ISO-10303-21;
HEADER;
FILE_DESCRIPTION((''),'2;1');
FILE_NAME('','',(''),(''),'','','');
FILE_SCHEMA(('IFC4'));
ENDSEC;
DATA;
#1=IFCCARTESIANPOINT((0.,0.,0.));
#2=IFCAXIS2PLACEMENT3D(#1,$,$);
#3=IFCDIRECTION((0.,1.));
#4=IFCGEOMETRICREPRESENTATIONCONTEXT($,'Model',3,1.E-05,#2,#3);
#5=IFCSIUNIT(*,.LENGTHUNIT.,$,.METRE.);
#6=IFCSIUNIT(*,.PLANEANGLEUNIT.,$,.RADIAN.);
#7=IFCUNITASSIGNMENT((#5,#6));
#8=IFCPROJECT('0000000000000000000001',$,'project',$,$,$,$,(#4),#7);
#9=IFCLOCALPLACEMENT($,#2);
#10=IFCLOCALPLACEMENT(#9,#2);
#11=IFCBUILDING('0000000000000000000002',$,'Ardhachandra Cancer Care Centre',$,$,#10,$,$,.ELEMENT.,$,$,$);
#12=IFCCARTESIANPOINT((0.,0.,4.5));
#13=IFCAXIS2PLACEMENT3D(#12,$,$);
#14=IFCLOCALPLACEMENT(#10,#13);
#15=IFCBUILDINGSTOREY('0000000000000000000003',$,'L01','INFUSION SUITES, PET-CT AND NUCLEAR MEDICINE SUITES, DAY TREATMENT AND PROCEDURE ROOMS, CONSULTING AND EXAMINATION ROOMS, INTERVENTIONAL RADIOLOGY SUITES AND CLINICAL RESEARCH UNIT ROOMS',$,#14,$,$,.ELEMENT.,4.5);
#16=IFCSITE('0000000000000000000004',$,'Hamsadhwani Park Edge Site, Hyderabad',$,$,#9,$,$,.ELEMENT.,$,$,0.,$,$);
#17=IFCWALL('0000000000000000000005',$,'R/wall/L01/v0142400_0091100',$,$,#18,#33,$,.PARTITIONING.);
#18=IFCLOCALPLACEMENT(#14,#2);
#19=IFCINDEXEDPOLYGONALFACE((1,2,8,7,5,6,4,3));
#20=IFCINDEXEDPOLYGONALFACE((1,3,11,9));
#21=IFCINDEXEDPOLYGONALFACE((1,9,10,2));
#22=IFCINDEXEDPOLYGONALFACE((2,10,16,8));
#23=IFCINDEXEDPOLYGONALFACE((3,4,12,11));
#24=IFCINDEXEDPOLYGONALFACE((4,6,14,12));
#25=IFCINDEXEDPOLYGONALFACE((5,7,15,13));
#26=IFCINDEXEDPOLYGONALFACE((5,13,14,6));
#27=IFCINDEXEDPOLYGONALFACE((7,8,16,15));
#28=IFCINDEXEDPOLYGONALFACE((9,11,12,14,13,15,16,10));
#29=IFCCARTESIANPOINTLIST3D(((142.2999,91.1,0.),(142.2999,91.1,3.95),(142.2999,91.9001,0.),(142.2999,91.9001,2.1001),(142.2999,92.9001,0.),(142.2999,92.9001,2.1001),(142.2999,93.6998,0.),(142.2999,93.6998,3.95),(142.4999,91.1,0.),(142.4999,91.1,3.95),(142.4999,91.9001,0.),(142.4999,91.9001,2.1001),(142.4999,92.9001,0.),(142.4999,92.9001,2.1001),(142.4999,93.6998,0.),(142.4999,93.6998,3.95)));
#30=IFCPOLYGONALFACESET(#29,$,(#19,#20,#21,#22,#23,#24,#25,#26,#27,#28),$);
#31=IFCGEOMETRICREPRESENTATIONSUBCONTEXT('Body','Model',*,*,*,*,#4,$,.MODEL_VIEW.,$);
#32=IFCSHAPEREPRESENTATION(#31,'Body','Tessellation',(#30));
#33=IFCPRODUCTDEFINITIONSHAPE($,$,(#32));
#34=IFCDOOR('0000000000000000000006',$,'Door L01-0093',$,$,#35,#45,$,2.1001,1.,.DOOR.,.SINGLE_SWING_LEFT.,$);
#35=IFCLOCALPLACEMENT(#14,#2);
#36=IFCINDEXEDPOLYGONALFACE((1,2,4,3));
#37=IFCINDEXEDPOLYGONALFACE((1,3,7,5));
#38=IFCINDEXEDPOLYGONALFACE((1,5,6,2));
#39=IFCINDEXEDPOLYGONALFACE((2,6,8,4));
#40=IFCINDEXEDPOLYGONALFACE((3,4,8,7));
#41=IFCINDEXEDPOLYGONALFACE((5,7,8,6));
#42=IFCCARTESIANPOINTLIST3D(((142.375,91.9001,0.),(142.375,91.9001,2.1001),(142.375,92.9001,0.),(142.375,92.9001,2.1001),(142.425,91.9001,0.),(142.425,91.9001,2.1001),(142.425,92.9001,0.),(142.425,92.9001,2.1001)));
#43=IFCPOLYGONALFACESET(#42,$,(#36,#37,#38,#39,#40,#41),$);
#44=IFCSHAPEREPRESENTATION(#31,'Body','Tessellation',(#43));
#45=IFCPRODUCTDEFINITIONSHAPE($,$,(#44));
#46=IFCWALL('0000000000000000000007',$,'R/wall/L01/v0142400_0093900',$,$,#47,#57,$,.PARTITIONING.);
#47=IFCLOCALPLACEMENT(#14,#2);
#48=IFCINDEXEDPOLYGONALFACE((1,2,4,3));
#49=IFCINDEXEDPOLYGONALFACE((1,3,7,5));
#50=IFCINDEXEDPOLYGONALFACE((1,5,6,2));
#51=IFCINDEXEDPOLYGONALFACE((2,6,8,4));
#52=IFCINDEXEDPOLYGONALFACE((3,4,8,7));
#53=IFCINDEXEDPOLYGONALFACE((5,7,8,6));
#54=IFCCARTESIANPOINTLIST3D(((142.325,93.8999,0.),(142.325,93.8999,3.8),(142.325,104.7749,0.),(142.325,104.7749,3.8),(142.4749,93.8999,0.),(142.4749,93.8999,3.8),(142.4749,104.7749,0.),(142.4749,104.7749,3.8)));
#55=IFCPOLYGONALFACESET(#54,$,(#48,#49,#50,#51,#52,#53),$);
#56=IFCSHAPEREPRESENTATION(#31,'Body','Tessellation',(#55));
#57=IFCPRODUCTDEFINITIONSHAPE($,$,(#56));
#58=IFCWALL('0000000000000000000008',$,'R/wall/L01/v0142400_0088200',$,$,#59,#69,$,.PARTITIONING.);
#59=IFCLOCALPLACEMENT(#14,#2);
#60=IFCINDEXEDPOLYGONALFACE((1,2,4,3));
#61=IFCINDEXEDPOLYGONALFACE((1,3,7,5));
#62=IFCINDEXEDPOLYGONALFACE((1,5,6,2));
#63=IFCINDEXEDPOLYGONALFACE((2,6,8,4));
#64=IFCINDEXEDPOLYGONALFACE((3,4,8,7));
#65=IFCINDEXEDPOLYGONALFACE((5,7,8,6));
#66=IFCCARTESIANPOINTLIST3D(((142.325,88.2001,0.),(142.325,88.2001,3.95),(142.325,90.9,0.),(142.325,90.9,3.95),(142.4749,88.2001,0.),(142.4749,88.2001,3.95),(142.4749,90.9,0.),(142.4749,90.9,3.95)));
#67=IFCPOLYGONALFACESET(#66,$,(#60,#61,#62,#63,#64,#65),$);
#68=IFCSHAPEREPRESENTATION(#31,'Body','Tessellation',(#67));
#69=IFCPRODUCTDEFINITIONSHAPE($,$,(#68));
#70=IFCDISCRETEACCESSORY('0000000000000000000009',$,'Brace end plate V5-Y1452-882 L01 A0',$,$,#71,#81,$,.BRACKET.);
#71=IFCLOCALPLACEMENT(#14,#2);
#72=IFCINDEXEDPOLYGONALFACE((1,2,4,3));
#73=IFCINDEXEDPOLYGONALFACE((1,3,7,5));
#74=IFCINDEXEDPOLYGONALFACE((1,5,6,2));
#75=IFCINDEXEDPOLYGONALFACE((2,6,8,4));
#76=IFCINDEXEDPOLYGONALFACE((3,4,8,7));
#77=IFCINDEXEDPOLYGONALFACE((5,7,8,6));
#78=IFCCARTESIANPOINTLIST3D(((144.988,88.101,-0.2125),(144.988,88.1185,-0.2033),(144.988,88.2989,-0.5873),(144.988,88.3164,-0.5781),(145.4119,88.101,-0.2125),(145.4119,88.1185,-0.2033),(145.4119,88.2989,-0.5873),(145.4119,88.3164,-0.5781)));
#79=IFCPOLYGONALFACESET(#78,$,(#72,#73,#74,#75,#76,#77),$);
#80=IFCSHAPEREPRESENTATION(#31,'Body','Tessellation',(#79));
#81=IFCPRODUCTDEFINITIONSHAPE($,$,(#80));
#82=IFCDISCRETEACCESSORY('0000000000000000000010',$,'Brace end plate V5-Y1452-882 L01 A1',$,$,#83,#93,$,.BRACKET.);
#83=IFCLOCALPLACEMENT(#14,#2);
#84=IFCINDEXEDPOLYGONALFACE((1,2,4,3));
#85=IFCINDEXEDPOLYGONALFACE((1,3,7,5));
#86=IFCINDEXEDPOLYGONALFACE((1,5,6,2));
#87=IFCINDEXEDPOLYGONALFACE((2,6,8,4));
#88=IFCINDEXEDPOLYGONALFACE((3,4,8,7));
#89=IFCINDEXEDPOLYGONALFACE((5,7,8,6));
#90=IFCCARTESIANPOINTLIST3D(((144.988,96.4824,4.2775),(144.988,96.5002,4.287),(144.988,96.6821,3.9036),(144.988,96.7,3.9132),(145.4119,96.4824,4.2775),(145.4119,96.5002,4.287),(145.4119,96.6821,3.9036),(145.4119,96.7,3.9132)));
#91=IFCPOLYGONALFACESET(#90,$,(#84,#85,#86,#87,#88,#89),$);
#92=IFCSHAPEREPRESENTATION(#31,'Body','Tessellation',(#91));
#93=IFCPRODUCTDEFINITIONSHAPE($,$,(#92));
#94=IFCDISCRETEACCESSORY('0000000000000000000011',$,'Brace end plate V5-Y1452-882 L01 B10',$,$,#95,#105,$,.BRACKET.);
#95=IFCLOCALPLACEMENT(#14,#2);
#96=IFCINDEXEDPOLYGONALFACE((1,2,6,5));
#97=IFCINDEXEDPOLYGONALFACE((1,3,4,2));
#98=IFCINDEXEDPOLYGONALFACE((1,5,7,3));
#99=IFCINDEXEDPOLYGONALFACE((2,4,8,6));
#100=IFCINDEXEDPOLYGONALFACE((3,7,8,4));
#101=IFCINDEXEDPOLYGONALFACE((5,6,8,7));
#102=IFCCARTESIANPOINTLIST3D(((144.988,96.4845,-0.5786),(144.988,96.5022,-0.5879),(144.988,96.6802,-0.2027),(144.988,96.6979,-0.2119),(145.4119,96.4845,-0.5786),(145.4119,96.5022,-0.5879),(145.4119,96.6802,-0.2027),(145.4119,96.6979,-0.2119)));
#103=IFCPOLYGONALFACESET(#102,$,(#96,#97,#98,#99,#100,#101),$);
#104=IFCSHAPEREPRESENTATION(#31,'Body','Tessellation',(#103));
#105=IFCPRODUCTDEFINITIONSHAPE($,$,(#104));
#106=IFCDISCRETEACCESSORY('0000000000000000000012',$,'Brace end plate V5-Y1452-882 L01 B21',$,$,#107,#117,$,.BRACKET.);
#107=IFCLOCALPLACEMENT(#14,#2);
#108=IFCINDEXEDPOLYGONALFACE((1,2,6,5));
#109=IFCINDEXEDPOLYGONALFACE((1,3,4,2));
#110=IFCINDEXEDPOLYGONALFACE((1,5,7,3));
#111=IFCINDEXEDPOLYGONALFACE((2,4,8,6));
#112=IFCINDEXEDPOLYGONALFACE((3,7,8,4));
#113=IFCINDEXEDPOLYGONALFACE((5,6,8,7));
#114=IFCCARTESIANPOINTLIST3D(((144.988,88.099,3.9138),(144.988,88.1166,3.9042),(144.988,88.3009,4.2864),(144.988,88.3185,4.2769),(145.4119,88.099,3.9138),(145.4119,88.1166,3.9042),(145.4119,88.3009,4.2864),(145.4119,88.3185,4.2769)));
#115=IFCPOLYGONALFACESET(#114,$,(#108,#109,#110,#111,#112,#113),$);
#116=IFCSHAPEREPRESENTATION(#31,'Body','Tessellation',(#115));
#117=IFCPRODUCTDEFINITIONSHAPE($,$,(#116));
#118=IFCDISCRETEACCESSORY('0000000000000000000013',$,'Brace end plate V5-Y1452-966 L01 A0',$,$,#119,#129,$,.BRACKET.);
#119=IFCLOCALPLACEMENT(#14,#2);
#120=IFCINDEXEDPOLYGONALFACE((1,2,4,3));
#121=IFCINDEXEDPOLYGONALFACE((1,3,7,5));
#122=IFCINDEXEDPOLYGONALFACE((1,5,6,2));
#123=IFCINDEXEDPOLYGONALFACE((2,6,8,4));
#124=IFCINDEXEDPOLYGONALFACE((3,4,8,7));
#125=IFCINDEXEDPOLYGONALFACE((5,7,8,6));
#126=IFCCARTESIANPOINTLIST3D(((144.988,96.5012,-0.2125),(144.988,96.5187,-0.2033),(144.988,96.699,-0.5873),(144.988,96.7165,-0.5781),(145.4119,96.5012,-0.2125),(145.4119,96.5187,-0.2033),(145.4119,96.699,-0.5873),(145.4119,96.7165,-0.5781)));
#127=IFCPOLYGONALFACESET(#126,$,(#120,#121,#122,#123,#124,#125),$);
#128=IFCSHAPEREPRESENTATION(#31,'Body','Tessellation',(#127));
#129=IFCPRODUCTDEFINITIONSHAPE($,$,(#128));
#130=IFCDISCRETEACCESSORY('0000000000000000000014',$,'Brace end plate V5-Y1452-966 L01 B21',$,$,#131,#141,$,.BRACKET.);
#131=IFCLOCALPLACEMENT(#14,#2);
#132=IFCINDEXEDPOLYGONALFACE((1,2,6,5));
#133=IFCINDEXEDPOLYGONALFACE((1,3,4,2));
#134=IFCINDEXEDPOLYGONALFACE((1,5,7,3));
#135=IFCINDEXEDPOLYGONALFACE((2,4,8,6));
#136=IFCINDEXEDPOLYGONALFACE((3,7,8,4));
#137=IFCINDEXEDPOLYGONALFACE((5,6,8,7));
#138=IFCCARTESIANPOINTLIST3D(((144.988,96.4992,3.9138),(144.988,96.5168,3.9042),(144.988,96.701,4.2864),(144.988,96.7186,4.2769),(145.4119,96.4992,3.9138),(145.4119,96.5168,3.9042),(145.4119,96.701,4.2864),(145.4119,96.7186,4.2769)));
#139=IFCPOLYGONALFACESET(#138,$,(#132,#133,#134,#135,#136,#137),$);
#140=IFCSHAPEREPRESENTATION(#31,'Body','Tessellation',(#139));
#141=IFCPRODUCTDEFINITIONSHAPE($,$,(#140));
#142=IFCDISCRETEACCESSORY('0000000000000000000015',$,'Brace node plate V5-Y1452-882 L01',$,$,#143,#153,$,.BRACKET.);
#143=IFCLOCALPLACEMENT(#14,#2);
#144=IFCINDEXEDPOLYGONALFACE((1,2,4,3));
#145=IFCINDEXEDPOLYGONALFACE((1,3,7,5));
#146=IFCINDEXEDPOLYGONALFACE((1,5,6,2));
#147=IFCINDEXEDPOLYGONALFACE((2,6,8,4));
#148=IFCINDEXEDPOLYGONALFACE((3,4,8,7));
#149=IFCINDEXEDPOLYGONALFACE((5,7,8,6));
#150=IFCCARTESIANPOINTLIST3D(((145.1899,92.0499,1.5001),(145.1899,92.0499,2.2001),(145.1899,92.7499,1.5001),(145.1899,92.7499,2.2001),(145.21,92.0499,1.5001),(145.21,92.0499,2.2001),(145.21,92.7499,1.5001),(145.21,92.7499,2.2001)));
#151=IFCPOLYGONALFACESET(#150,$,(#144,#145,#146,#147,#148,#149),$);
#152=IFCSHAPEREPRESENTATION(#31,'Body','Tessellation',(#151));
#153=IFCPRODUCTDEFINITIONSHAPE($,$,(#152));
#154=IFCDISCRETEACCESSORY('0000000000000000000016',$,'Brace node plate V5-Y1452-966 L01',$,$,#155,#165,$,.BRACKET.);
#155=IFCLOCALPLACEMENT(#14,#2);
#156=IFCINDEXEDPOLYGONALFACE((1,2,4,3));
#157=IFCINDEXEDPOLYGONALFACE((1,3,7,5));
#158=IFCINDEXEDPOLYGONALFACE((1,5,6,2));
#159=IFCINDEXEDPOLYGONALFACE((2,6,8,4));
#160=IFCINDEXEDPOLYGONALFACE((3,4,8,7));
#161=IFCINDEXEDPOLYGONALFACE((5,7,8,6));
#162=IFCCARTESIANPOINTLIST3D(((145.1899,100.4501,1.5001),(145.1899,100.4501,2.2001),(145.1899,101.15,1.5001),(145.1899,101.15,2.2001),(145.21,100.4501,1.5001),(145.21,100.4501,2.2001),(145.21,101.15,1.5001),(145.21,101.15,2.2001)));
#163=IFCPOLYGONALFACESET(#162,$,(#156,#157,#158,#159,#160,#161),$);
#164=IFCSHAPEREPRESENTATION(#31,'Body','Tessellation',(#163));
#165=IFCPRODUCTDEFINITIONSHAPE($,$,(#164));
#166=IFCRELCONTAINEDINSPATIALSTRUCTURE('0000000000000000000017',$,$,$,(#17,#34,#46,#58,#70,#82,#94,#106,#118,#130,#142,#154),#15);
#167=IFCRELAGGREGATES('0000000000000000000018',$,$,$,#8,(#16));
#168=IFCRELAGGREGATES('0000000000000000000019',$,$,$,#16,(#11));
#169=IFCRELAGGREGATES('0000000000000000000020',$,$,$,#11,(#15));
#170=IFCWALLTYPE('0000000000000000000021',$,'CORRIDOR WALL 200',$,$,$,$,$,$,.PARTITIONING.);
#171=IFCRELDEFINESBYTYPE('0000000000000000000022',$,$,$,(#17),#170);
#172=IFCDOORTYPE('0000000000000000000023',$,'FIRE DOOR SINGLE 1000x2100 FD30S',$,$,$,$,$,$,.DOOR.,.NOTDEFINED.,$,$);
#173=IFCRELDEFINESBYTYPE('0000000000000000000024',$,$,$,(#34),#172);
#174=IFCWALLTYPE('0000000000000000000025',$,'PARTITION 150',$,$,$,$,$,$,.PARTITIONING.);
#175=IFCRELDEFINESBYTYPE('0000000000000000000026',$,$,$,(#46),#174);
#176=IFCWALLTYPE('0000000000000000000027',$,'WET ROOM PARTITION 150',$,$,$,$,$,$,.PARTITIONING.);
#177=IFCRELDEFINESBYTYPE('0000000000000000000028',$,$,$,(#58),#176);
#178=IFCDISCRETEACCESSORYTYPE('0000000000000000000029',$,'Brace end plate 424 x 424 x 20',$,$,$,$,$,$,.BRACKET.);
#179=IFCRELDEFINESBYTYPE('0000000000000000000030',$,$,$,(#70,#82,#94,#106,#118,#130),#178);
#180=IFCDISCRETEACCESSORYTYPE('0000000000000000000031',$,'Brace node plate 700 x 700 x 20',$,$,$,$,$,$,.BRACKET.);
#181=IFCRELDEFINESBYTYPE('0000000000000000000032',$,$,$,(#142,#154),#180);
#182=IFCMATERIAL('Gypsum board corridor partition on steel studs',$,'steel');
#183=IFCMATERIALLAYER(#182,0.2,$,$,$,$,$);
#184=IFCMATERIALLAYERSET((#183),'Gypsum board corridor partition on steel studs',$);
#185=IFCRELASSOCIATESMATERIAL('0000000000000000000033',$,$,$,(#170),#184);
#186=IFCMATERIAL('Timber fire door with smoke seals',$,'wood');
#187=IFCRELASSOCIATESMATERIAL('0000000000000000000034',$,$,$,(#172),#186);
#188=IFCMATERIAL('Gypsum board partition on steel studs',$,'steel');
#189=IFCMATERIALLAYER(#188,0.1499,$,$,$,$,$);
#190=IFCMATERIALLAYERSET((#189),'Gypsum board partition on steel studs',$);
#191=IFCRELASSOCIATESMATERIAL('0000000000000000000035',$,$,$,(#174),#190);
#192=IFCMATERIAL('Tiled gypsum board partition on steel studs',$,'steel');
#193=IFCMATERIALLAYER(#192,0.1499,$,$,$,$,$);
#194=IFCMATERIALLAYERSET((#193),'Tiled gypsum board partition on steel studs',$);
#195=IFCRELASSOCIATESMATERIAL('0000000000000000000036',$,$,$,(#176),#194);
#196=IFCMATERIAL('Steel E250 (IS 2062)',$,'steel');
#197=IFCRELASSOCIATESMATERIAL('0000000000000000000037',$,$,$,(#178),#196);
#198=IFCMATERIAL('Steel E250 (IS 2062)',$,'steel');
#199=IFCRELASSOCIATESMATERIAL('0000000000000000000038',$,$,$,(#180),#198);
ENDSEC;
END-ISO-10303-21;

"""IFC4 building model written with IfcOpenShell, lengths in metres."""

from ifc_helpers import new_model, si_unit, direction, frame, frame_2d, origin, origin_2d, place, context, subcontext, project, spatial, rectangle, extrude, material, layer, layer_set, material_profile, profile_set, type_object, element, fill, save


model = new_model("IFC4")

# Units and contexts
model_context = context("Model", 3, precision=1e-05, world=origin(), true_north=direction((0.0, 1.0)))
body_context = subcontext(model_context, "Body", "Model", "MODEL_VIEW")
ifc_project = project(units=[si_unit("LENGTHUNIT", "METRE"), si_unit("PLANEANGLEUNIT", "RADIAN")], contexts=[model_context])

# Site, building, storey
site_placement = place(None, origin())
site = spatial("IfcSite", under=ifc_project, at=site_placement, Name="Hamsadhwani Park Edge Site, Hyderabad", CompositionType="ELEMENT", RefElevation=0.0)
building_placement = place(site_placement, origin())
building = spatial("IfcBuilding", under=site, at=building_placement, Name="Ardhachandra Cancer Care Centre", CompositionType="ELEMENT")
storey_placement = place(building_placement, frame((0.0, 0.0, 4.5)))
storey = spatial("IfcBuildingStorey", under=building, at=storey_placement, Name="L01", Description="INFUSION SUITES, PET-CT AND NUCLEAR MEDICINE SUITES, DAY TREATMENT AND PROCEDURE ROOMS, CONSULTING AND EXAMINATION ROOMS, INTERVENTIONAL RADIOLOGY SUITES AND CLINICAL RESEARCH UNIT ROOMS", CompositionType="ELEMENT", Elevation=4.5)

# Wall, opening, door
ifc_material_1 = material(Name="Gypsum board corridor partition on steel studs", Category="steel")
ifc_layer_1 = layer(ifc_material_1, 0.2)
ifc_layer_set_1 = layer_set([ifc_layer_1], Name="Gypsum board corridor partition on steel studs")
wall_type_1 = type_object("IfcWallType", Name="CORRIDOR WALL 200", PredefinedType="PARTITIONING", material=ifc_layer_set_1)
wall_1_placement = place(storey_placement, frame((142.3999, 91.1001, 0.0), z_axis=(0.0, 0.0, 1.0), x_axis=(0.0, 1.0, 0.0)))
wall_1 = element("IfcWall", 1, at=wall_1_placement, inside=storey, type_object=wall_type_1, Name="R/wall/L01/v0142400_0091100", PredefinedType="PARTITIONING", context=body_context, shape_type="SweptSolid", body=[
    extrude(rectangle(XDim=2.5999, YDim=0.2, at=frame_2d((1.2998, 0.0))), origin(), (0.0, 0.0, 1.0), 3.95),
])
opening_placement = place(wall_1_placement, frame((0.8, 0.0, 0.0)))
opening = element("IfcOpeningElement", 2, at=opening_placement, cuts=wall_1, PredefinedType="OPENING", context=body_context, shape_type="SweptSolid", body=[
    extrude(rectangle(XDim=1.0, YDim=2.1001, at=frame_2d((0.5, 1.05))), frame((0.0, 0.1099, 0.0), z_axis=(0.0, -1.0, 0.0), x_axis=(1.0, 0.0, 0.0)), (0.0, 0.0, 1.0), 0.22),
])
ifc_material_2 = material(Name="Timber fire door with smoke seals", Category="wood")
door_type = type_object("IfcDoorType", Name="FIRE DOOR SINGLE 1000x2100 FD30S", OperationType="NOTDEFINED", PredefinedType="DOOR", material=ifc_material_2)
door_placement = place(opening_placement, origin())
door = element("IfcDoor", 3, at=door_placement, inside=storey, type_object=door_type, Name="Door L01-0093", OperationType="SINGLE_SWING_LEFT", OverallHeight=2.1001, OverallWidth=1.0, PredefinedType="DOOR", context=body_context, shape_type="SweptSolid", body=[
    extrude(rectangle(XDim=1.0, YDim=2.1001, at=frame_2d((0.5, 1.05))), frame((0.0, 0.0249, 0.0), z_axis=(0.0, -1.0, 0.0), x_axis=(1.0, 0.0, 0.0)), (0.0, 0.0, 1.0), 0.05),
])
fill(opening, door)

# Walls
ifc_material_3 = material(Name="Gypsum board partition on steel studs", Category="steel")
ifc_layer_2 = layer(ifc_material_3, 0.1499)
ifc_layer_set_2 = layer_set([ifc_layer_2], Name="Gypsum board partition on steel studs")
wall_type_2 = type_object("IfcWallType", Name="PARTITION 150", PredefinedType="PARTITIONING", material=ifc_layer_set_2)
wall_2_placement = place(storey_placement, frame((142.3999, 93.8999, 0.0), z_axis=(0.0, 0.0, 1.0), x_axis=(0.0, 1.0, 0.0)))
element("IfcWall", 4, at=wall_2_placement, inside=storey, type_object=wall_type_2, Name="R/wall/L01/v0142400_0093900", PredefinedType="PARTITIONING", context=body_context, shape_type="SweptSolid", body=[
    extrude(rectangle(XDim=10.875, YDim=0.1499, at=frame_2d((5.4375, 0.0))), origin(), (0.0, 0.0, 1.0), 3.8),
])
ifc_material_4 = material(Name="Tiled gypsum board partition on steel studs", Category="steel")
ifc_layer_3 = layer(ifc_material_4, 0.1499)
ifc_layer_set_3 = layer_set([ifc_layer_3], Name="Tiled gypsum board partition on steel studs")
wall_type_3 = type_object("IfcWallType", Name="WET ROOM PARTITION 150", PredefinedType="PARTITIONING", material=ifc_layer_set_3)
wall_3_placement = place(storey_placement, frame((142.3999, 88.2, 0.0), z_axis=(0.0, 0.0, 1.0), x_axis=(0.0, 1.0, 0.0)))
element("IfcWall", 5, at=wall_3_placement, inside=storey, type_object=wall_type_3, Name="R/wall/L01/v0142400_0088200", PredefinedType="PARTITIONING", context=body_context, shape_type="SweptSolid", body=[
    extrude(rectangle(XDim=2.7, YDim=0.1499, at=frame_2d((1.3501, 0.0))), origin(), (0.0, 0.0, 1.0), 3.95),
])

# Discrete accessories
ifc_material_5 = material(Name="Steel E250 (IS 2062)", Category="steel")
ifc_material_profile_1 = material_profile(ifc_material_5, rectangle(XDim=0.4238, YDim=0.4238, at=origin_2d()), Name="PL 424x424x20")
ifc_profile_set_1 = profile_set([ifc_material_profile_1], Name="Steel E250 (IS 2062)")
discrete_accessory_type_1 = type_object("IfcDiscreteAccessoryType", Name="Brace end plate 424 x 424 x 20", PredefinedType="BRACKET", material=ifc_profile_set_1)
discrete_accessory_1_placement = place(storey_placement, frame((145.2, 88.2, -0.3999), z_axis=(0.0, 0.884385, 0.466759), x_axis=(-1.0, 0.0, 0.0)))
element("IfcDiscreteAccessory", 6, at=discrete_accessory_1_placement, inside=storey, type_object=discrete_accessory_type_1, Name="Brace end plate V5-Y1452-882 L01 A0", PredefinedType="BRACKET", context=body_context, shape_type="SweptSolid", body=[
    extrude(rectangle(XDim=0.4238, YDim=0.4238, at=origin_2d()), origin(), (0.0, 0.0, 1.0), 0.0198),
])
discrete_accessory_2_placement = place(storey_placement, frame((145.2, 96.6001, 4.1001), z_axis=(0.0, -0.882018, -0.471215), x_axis=(1.0, 0.0, 0.0)))
element("IfcDiscreteAccessory", 7, at=discrete_accessory_2_placement, inside=storey, type_object=discrete_accessory_type_1, Name="Brace end plate V5-Y1452-882 L01 A1", PredefinedType="BRACKET", context=body_context, shape_type="SweptSolid", body=[
    extrude(rectangle(XDim=0.4238, YDim=0.4238, at=origin_2d()), origin(), (0.0, 0.0, 1.0), 0.0203),
])
for number, where, z_axis, x_axis, name in (
    (8, (145.2, 96.6001, -0.3999), (0.0, -0.887018, 0.461735), (1.0, 0.0, 0.0), "Brace end plate V5-Y1452-882 L01 B10"),
    (9, (145.2, 88.2, 4.1001), (0.0, 0.879292, -0.476283), (-1.0, 0.0, 0.0), "Brace end plate V5-Y1452-882 L01 B21"),
):
    element("IfcDiscreteAccessory", number, at=place(storey_placement, frame(where, z_axis=z_axis, x_axis=x_axis)), inside=storey, type_object=discrete_accessory_type_1, Name=name, PredefinedType="BRACKET", context=body_context, shape_type="SweptSolid", body=[
        extrude(rectangle(XDim=0.4238, YDim=0.4238, at=origin_2d()), origin(), (0.0, 0.0, 1.0), 0.02),
    ])
discrete_accessory_3_placement = place(storey_placement, frame((145.2, 96.6001, -0.3999), z_axis=(0.0, 0.884385, 0.466759), x_axis=(-1.0, 0.0, 0.0)))
element("IfcDiscreteAccessory", 10, at=discrete_accessory_3_placement, inside=storey, type_object=discrete_accessory_type_1, Name="Brace end plate V5-Y1452-966 L01 A0", PredefinedType="BRACKET", context=body_context, shape_type="SweptSolid", body=[
    extrude(rectangle(XDim=0.4238, YDim=0.4238, at=origin_2d()), origin(), (0.0, 0.0, 1.0), 0.0198),
])
discrete_accessory_4_placement = place(storey_placement, frame((145.2, 96.6001, 4.1001), z_axis=(0.0, 0.879292, -0.476283), x_axis=(-1.0, 0.0, 0.0)))
element("IfcDiscreteAccessory", 11, at=discrete_accessory_4_placement, inside=storey, type_object=discrete_accessory_type_1, Name="Brace end plate V5-Y1452-966 L01 B21", PredefinedType="BRACKET", context=body_context, shape_type="SweptSolid", body=[
    extrude(rectangle(XDim=0.4238, YDim=0.4238, at=origin_2d()), origin(), (0.0, 0.0, 1.0), 0.02),
])
ifc_material_6 = material(Name="Steel E250 (IS 2062)", Category="steel")
ifc_material_profile_2 = material_profile(ifc_material_6, rectangle(XDim=0.7, YDim=0.7, at=origin_2d()), Name="PL 700x700x20")
ifc_profile_set_2 = profile_set([ifc_material_profile_2], Name="Steel E250 (IS 2062)")
discrete_accessory_type_2 = type_object("IfcDiscreteAccessoryType", Name="Brace node plate 700 x 700 x 20", PredefinedType="BRACKET", material=ifc_profile_set_2)
for number, where, z_axis, x_axis, name in (
    (12, (145.1899, 92.3999, 1.8501), (1.0, 0.0, 0.0), (0.0, 1.0, 0.0), "Brace node plate V5-Y1452-882 L01"),
    (13, (145.1899, 100.8, 1.8501), (1.0, 0.0, 0.0), (0.0, 1.0, 0.0), "Brace node plate V5-Y1452-966 L01"),
):
    element("IfcDiscreteAccessory", number, at=place(storey_placement, frame(where, z_axis=z_axis, x_axis=x_axis)), inside=storey, type_object=discrete_accessory_type_2, Name=name, PredefinedType="BRACKET", context=body_context, shape_type="SweptSolid", body=[
        extrude(rectangle(XDim=0.7, YDim=0.7, at=origin_2d()), origin(), (0.0, 0.0, 1.0), 0.02),
    ])

save(model, "model.ifc")
